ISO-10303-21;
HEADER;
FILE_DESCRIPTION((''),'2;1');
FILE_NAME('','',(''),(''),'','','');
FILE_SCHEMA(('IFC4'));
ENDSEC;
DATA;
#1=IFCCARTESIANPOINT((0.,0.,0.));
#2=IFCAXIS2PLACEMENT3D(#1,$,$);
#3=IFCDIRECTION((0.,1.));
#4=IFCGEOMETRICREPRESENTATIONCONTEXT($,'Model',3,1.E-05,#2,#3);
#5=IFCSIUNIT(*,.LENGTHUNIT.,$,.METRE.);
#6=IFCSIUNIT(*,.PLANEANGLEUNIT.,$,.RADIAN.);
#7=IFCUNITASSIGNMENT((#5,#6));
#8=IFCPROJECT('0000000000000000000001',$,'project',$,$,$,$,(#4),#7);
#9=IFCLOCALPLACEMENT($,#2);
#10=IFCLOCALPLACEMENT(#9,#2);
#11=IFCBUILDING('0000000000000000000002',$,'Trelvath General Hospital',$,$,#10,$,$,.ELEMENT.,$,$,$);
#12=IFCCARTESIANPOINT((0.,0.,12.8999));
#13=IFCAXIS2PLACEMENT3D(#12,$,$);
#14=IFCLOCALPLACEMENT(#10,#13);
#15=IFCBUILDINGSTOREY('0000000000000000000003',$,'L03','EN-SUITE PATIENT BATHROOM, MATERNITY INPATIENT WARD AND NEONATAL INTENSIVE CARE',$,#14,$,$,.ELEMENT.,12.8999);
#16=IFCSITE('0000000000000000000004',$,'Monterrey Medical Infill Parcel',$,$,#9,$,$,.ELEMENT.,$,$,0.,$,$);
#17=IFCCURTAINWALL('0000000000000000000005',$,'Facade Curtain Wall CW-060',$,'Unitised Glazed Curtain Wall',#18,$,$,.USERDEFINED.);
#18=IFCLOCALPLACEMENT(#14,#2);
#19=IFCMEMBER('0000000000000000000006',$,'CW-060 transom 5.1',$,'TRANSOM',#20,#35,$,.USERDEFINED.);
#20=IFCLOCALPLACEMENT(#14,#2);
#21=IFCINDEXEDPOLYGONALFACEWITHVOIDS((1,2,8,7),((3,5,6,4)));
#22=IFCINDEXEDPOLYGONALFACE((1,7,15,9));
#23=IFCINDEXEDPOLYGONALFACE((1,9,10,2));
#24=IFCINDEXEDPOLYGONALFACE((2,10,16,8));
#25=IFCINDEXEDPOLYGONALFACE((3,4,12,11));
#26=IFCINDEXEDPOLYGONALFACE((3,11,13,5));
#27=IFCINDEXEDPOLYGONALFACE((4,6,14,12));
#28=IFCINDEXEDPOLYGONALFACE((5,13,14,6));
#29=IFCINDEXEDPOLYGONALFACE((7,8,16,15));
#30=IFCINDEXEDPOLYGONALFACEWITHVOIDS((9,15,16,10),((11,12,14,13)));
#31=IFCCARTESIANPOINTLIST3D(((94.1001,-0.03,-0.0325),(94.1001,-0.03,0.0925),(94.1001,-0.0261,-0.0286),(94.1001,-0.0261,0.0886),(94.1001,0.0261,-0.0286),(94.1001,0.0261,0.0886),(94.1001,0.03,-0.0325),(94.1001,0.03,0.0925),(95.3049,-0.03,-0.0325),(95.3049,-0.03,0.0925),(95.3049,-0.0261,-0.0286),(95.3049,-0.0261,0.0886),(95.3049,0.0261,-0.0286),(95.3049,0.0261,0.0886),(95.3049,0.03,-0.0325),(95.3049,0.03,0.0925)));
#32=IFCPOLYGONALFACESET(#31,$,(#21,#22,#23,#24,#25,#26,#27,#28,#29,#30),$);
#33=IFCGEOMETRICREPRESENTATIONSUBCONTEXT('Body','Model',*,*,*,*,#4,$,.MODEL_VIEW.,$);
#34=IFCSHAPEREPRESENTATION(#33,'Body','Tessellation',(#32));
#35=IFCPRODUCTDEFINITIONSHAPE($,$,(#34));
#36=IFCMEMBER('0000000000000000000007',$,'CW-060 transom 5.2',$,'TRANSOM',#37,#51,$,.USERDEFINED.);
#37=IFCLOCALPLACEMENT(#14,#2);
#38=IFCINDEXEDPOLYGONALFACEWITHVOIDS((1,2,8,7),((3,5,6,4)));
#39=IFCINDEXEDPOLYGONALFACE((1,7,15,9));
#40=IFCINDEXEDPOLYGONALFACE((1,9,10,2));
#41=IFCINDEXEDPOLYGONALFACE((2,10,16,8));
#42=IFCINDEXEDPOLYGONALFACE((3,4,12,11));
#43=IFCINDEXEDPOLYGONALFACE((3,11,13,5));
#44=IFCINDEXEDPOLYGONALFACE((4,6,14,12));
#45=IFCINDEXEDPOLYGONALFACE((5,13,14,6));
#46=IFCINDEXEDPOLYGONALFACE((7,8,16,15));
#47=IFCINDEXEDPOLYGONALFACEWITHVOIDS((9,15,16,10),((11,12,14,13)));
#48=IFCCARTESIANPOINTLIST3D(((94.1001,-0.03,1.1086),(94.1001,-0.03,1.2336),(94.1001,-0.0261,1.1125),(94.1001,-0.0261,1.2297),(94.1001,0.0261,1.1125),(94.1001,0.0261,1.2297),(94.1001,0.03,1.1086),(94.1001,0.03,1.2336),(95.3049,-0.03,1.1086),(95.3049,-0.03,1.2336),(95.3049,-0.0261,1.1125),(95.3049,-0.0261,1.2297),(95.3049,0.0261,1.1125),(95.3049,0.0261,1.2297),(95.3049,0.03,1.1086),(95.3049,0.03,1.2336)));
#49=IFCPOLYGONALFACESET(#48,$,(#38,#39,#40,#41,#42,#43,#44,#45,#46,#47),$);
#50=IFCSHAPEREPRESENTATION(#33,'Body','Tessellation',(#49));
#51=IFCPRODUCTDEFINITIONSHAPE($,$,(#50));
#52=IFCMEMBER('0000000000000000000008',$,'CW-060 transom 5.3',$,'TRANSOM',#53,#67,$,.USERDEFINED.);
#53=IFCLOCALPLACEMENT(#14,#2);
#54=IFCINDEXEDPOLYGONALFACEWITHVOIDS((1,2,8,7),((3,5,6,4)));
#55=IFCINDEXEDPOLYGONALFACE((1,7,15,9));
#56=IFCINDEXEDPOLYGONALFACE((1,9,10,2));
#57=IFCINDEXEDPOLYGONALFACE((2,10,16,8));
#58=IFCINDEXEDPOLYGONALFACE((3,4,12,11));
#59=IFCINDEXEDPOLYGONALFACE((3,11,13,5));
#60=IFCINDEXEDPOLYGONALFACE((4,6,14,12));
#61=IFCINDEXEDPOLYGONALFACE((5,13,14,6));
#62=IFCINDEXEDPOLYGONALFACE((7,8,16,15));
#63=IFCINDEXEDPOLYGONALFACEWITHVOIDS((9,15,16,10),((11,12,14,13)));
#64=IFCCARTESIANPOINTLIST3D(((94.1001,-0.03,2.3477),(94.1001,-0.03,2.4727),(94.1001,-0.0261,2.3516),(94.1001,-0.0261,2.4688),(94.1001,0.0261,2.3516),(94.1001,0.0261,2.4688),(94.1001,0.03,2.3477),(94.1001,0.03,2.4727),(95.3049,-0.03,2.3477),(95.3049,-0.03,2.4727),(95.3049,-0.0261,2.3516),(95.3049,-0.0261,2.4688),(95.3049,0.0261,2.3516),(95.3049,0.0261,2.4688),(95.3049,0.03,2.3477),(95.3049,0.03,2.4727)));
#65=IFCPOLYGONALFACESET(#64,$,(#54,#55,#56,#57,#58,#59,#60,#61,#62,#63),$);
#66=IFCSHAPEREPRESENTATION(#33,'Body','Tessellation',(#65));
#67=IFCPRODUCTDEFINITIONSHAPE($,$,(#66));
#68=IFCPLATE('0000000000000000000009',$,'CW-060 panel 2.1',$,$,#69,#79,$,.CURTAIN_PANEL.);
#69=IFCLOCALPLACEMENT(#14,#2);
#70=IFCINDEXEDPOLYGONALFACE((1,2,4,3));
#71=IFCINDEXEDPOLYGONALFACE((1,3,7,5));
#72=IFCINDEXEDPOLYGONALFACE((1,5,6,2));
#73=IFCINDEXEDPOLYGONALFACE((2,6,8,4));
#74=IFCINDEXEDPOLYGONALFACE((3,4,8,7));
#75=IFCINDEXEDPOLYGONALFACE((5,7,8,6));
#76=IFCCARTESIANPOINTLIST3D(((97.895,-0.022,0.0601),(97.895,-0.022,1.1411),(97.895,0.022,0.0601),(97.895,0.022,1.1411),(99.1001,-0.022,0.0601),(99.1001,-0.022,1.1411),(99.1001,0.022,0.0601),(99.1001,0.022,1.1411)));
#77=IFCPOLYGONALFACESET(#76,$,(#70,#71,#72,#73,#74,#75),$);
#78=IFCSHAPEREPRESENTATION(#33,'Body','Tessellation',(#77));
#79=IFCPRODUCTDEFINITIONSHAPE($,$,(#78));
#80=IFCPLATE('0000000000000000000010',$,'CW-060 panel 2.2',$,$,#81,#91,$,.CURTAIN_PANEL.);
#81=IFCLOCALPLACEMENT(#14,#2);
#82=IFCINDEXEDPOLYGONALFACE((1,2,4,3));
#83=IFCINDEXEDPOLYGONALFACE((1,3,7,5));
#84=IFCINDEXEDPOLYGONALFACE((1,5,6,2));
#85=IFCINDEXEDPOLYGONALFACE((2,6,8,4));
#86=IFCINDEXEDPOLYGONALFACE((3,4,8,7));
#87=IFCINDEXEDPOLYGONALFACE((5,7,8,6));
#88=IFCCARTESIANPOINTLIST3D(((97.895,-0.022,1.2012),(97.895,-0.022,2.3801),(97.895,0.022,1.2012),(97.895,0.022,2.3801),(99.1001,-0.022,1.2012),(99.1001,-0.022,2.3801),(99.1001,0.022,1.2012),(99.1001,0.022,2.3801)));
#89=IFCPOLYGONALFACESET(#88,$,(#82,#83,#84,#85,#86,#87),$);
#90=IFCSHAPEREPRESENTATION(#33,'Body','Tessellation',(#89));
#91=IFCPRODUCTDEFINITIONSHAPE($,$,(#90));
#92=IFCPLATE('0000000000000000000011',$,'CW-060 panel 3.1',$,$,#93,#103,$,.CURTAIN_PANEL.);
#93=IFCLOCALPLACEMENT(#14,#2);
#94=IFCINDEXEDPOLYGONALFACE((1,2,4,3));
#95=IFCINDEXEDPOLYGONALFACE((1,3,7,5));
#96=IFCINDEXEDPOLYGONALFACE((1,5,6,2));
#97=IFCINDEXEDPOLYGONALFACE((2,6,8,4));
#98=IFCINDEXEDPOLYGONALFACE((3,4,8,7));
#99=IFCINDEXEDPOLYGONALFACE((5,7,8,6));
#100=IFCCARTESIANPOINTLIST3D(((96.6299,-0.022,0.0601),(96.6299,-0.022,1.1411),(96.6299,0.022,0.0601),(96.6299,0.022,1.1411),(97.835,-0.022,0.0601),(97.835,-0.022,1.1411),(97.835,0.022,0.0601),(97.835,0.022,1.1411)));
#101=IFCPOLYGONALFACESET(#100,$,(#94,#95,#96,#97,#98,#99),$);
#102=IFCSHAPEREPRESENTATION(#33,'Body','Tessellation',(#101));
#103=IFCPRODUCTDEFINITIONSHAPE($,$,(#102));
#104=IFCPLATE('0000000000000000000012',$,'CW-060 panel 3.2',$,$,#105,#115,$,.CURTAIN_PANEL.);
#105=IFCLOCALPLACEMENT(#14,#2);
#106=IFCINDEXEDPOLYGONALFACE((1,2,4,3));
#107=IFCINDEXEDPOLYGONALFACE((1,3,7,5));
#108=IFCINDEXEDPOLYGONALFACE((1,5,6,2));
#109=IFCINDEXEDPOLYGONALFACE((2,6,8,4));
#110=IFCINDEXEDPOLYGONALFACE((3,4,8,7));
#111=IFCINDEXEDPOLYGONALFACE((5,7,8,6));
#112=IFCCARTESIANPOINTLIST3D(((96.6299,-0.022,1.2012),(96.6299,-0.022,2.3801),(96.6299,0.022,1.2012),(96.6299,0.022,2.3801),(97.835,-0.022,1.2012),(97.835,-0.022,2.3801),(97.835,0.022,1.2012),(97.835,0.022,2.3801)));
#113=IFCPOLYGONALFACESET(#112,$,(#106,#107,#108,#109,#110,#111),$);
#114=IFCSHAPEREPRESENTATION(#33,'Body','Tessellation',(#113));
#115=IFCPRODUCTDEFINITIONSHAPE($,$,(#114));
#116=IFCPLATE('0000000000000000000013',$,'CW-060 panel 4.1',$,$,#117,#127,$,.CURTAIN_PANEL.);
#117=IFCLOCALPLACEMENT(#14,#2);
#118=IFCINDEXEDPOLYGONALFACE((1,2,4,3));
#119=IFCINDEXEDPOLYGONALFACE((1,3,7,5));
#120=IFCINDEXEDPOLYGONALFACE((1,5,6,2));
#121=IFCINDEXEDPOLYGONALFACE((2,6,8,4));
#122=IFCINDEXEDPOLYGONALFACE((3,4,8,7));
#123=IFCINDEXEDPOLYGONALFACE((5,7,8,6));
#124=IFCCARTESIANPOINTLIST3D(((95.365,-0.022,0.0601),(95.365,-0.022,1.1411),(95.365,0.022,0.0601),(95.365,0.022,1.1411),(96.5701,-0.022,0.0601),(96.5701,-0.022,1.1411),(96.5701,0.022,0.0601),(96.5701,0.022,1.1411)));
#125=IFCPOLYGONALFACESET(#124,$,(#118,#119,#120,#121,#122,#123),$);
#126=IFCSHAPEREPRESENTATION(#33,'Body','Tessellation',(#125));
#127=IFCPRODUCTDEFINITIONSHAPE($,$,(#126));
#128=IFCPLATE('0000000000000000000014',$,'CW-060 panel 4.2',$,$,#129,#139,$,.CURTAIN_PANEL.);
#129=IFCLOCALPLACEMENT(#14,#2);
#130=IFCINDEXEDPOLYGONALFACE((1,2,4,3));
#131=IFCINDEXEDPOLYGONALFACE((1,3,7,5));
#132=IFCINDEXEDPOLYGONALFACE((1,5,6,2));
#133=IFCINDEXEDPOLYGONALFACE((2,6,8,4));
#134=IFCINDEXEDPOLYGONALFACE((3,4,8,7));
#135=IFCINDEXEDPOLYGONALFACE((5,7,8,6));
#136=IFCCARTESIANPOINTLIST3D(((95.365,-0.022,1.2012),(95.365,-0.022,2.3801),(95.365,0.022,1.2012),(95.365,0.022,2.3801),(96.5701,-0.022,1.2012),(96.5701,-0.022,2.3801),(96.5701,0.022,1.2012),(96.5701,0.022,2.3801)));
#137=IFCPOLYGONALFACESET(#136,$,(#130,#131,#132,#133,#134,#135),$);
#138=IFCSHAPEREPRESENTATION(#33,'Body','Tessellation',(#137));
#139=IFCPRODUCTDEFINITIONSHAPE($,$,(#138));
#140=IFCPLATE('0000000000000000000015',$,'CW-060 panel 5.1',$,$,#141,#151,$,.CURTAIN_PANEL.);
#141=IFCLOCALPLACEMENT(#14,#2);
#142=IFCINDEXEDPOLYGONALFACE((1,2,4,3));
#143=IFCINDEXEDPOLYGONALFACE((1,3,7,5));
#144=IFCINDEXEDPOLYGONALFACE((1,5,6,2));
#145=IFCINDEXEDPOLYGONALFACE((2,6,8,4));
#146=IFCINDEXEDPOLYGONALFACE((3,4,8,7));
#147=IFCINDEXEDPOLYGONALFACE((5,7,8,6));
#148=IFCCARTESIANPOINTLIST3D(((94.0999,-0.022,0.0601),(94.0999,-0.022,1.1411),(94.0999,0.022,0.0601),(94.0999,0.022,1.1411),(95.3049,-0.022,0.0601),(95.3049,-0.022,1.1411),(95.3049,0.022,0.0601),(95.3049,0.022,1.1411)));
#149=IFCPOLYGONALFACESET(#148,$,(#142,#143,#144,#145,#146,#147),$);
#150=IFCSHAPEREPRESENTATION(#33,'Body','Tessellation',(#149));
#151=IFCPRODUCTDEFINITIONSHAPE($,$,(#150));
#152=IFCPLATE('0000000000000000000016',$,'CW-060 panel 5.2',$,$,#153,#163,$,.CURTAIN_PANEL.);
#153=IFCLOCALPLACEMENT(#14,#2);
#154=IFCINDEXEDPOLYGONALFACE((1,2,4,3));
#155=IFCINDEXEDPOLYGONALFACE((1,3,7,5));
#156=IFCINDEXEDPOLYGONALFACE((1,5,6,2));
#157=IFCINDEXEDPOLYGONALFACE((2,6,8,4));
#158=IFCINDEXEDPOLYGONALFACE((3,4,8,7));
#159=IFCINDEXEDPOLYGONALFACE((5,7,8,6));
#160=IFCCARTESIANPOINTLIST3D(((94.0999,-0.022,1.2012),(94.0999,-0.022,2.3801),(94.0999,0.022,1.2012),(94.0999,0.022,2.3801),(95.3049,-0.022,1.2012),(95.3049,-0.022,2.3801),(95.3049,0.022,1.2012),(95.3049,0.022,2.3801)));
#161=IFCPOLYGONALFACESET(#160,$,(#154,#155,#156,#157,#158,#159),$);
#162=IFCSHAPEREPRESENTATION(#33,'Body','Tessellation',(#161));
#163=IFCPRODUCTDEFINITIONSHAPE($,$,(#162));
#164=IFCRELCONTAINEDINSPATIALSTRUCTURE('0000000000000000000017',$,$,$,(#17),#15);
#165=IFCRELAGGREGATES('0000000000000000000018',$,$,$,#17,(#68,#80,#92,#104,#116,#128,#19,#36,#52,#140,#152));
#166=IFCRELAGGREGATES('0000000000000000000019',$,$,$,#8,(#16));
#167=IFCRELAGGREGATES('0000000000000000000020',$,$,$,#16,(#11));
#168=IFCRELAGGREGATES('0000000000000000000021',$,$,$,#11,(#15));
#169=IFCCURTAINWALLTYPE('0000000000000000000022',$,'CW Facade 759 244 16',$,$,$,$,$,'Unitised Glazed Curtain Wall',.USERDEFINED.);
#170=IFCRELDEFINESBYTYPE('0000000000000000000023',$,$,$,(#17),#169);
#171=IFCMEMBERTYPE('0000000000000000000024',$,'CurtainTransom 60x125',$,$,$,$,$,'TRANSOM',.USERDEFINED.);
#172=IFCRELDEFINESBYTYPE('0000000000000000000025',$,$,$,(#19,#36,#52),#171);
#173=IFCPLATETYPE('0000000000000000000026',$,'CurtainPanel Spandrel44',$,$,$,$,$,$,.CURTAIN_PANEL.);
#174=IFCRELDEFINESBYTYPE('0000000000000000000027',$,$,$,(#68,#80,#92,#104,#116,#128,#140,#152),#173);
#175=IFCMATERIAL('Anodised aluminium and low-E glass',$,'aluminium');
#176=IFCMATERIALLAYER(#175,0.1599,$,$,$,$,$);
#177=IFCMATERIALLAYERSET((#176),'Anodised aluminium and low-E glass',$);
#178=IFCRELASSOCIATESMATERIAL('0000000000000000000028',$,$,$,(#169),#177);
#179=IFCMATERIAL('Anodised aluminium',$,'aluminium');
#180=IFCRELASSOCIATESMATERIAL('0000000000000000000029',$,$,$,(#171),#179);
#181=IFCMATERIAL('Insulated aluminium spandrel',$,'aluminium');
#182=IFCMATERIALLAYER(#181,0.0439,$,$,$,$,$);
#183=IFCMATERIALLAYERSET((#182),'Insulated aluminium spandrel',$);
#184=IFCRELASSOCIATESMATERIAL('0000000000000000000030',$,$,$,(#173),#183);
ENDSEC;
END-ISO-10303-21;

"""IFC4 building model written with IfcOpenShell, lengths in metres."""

from ifc_helpers import new_model, si_unit, direction, frame, origin, origin_2d, place, context, subcontext, project, spatial, rectangle, hollow_rectangle, extrude, material, layer, layer_set, material_profile, profile_set, type_object, element, aggregate, save


model = new_model("IFC4")

# Units and contexts
model_context = context("Model", 3, precision=1e-05, world=origin(), true_north=direction((0.0, 1.0)))
body_context = subcontext(model_context, "Body", "Model", "MODEL_VIEW")
ifc_project = project(units=[si_unit("LENGTHUNIT", "METRE"), si_unit("PLANEANGLEUNIT", "RADIAN")], contexts=[model_context])

# Site, building, storey
site_placement = place(None, origin())
site = spatial("IfcSite", under=ifc_project, at=site_placement, Name="Monterrey Medical Infill Parcel", CompositionType="ELEMENT", RefElevation=0.0)
building_placement = place(site_placement, origin())
building = spatial("IfcBuilding", under=site, at=building_placement, Name="Trelvath General Hospital", CompositionType="ELEMENT")
storey_placement = place(building_placement, frame((0.0, 0.0, 12.8999)))
storey = spatial("IfcBuildingStorey", under=building, at=storey_placement, Name="L03", Description="EN-SUITE PATIENT BATHROOM, MATERNITY INPATIENT WARD AND NEONATAL INTENSIVE CARE", CompositionType="ELEMENT", Elevation=12.8999)

# Curtain wall, members, plates
ifc_material_1 = material(Name="Anodised aluminium and low-E glass", Category="aluminium")
ifc_layer_1 = layer(ifc_material_1, 0.1599)
ifc_layer_set_1 = layer_set([ifc_layer_1], Name="Anodised aluminium and low-E glass")
curtain_wall_type = type_object("IfcCurtainWallType", Name="CW Facade 759 244 16", ElementType="Unitised Glazed Curtain Wall", PredefinedType="USERDEFINED", material=ifc_layer_set_1)
curtain_wall_placement = place(storey_placement, origin())
curtain_wall = element("IfcCurtainWall", 1, at=curtain_wall_placement, inside=storey, type_object=curtain_wall_type, Name="Facade Curtain Wall CW-060", ObjectType="Unitised Glazed Curtain Wall", PredefinedType="USERDEFINED")
ifc_material_2 = material(Name="Anodised aluminium", Category="aluminium")
ifc_material_profile_1 = material_profile(ifc_material_2, hollow_rectangle(XDim=0.0601, YDim=0.125, WallThickness=0.0039, at=origin_2d()), Name="RHS60x125x4")
ifc_profile_set_1 = profile_set([ifc_material_profile_1], Name="Anodised aluminium")
member_type_1 = type_object("IfcMemberType", Name="CurtainTransom 60x125", ElementType="TRANSOM", PredefinedType="USERDEFINED", material=ifc_profile_set_1)
member_1_placement = place(storey_placement, frame((95.3049, 0.0, 0.03), z_axis=(-1.0, 0.0, 0.0), x_axis=(0.0, -1.0, 0.0)))
member_1 = element("IfcMember", 2, at=member_1_placement, type_object=member_type_1, Name="CW-060 transom 5.1", ObjectType="TRANSOM", PredefinedType="USERDEFINED", context=body_context, shape_type="SweptSolid", body=[
    extrude(hollow_rectangle(XDim=0.0601, YDim=0.125, WallThickness=0.0039, at=origin_2d()), origin(), (0.0, 0.0, 1.0), 1.2048),
])
member_2_placement = place(storey_placement, frame((95.3049, 0.0, 1.1711), z_axis=(-1.0, 0.0, 0.0), x_axis=(0.0, -1.0, 0.0)))
member_2 = element("IfcMember", 3, at=member_2_placement, type_object=member_type_1, Name="CW-060 transom 5.2", ObjectType="TRANSOM", PredefinedType="USERDEFINED", context=body_context, shape_type="SweptSolid", body=[
    extrude(hollow_rectangle(XDim=0.0601, YDim=0.125, WallThickness=0.0039, at=origin_2d()), origin(), (0.0, 0.0, 1.0), 1.2048),
])
member_3_placement = place(storey_placement, frame((95.3049, 0.0, 2.4102), z_axis=(-1.0, 0.0, 0.0), x_axis=(0.0, -1.0, 0.0)))
member_3 = element("IfcMember", 4, at=member_3_placement, type_object=member_type_1, Name="CW-060 transom 5.3", ObjectType="TRANSOM", PredefinedType="USERDEFINED", context=body_context, shape_type="SweptSolid", body=[
    extrude(hollow_rectangle(XDim=0.0601, YDim=0.125, WallThickness=0.0039, at=origin_2d()), origin(), (0.0, 0.0, 1.0), 1.2048),
])
ifc_material_3 = material(Name="Insulated aluminium spandrel", Category="aluminium")
ifc_layer_2 = layer(ifc_material_3, 0.0439)
ifc_layer_set_2 = layer_set([ifc_layer_2], Name="Insulated aluminium spandrel")
plate_type = type_object("IfcPlateType", Name="CurtainPanel Spandrel44", PredefinedType="CURTAIN_PANEL", material=ifc_layer_set_2)
plate_1_placement = place(storey_placement, frame((98.4976, 0.0, 0.0601), z_axis=(0.0, 0.0, 1.0), x_axis=(-1.0, 0.0, 0.0)))
plate_1 = element("IfcPlate", 5, at=plate_1_placement, type_object=plate_type, Name="CW-060 panel 2.1", PredefinedType="CURTAIN_PANEL", context=body_context, shape_type="SweptSolid", body=[
    extrude(rectangle(XDim=1.2051, YDim=0.0439, at=origin_2d()), origin(), (0.0, 0.0, 1.0), 1.0811),
])
plate_2_placement = place(storey_placement, frame((98.4976, 0.0, 1.2012), z_axis=(0.0, 0.0, 1.0), x_axis=(-1.0, 0.0, 0.0)))
plate_2 = element("IfcPlate", 6, at=plate_2_placement, type_object=plate_type, Name="CW-060 panel 2.2", PredefinedType="CURTAIN_PANEL", context=body_context, shape_type="SweptSolid", body=[
    extrude(rectangle(XDim=1.2051, YDim=0.0439, at=origin_2d()), origin(), (0.0, 0.0, 1.0), 1.179),
])
plate_3_placement = place(storey_placement, frame((97.2324, 0.0, 0.0601), z_axis=(0.0, 0.0, 1.0), x_axis=(-1.0, 0.0, 0.0)))
plate_3 = element("IfcPlate", 7, at=plate_3_placement, type_object=plate_type, Name="CW-060 panel 3.1", PredefinedType="CURTAIN_PANEL", context=body_context, shape_type="SweptSolid", body=[
    extrude(rectangle(XDim=1.2051, YDim=0.0439, at=origin_2d()), origin(), (0.0, 0.0, 1.0), 1.0811),
])
plate_4_placement = place(storey_placement, frame((97.2324, 0.0, 1.2012), z_axis=(0.0, 0.0, 1.0), x_axis=(-1.0, 0.0, 0.0)))
plate_4 = element("IfcPlate", 8, at=plate_4_placement, type_object=plate_type, Name="CW-060 panel 3.2", PredefinedType="CURTAIN_PANEL", context=body_context, shape_type="SweptSolid", body=[
    extrude(rectangle(XDim=1.2051, YDim=0.0439, at=origin_2d()), origin(), (0.0, 0.0, 1.0), 1.179),
])
plate_5_placement = place(storey_placement, frame((95.9675, 0.0, 0.0601), z_axis=(0.0, 0.0, 1.0), x_axis=(-1.0, 0.0, 0.0)))
plate_5 = element("IfcPlate", 9, at=plate_5_placement, type_object=plate_type, Name="CW-060 panel 4.1", PredefinedType="CURTAIN_PANEL", context=body_context, shape_type="SweptSolid", body=[
    extrude(rectangle(XDim=1.2051, YDim=0.0439, at=origin_2d()), origin(), (0.0, 0.0, 1.0), 1.0811),
])
plate_6_placement = place(storey_placement, frame((95.9675, 0.0, 1.2012), z_axis=(0.0, 0.0, 1.0), x_axis=(-1.0, 0.0, 0.0)))
plate_6 = element("IfcPlate", 10, at=plate_6_placement, type_object=plate_type, Name="CW-060 panel 4.2", PredefinedType="CURTAIN_PANEL", context=body_context, shape_type="SweptSolid", body=[
    extrude(rectangle(XDim=1.2051, YDim=0.0439, at=origin_2d()), origin(), (0.0, 0.0, 1.0), 1.179),
])
plate_7_placement = place(storey_placement, frame((94.7024, 0.0, 0.0601), z_axis=(0.0, 0.0, 1.0), x_axis=(-1.0, 0.0, 0.0)))
plate_7 = element("IfcPlate", 11, at=plate_7_placement, type_object=plate_type, Name="CW-060 panel 5.1", PredefinedType="CURTAIN_PANEL", context=body_context, shape_type="SweptSolid", body=[
    extrude(rectangle(XDim=1.2051, YDim=0.0439, at=origin_2d()), origin(), (0.0, 0.0, 1.0), 1.0811),
])
plate_8_placement = place(storey_placement, frame((94.7024, 0.0, 1.2012), z_axis=(0.0, 0.0, 1.0), x_axis=(-1.0, 0.0, 0.0)))
plate_8 = element("IfcPlate", 12, at=plate_8_placement, type_object=plate_type, Name="CW-060 panel 5.2", PredefinedType="CURTAIN_PANEL", context=body_context, shape_type="SweptSolid", body=[
    extrude(rectangle(XDim=1.2051, YDim=0.0439, at=origin_2d()), origin(), (0.0, 0.0, 1.0), 1.179),
])
aggregate(curtain_wall, [plate_1, plate_2, plate_3, plate_4, plate_5, plate_6, member_1, member_2, member_3, plate_7, plate_8])

save(model, "model.ifc")
